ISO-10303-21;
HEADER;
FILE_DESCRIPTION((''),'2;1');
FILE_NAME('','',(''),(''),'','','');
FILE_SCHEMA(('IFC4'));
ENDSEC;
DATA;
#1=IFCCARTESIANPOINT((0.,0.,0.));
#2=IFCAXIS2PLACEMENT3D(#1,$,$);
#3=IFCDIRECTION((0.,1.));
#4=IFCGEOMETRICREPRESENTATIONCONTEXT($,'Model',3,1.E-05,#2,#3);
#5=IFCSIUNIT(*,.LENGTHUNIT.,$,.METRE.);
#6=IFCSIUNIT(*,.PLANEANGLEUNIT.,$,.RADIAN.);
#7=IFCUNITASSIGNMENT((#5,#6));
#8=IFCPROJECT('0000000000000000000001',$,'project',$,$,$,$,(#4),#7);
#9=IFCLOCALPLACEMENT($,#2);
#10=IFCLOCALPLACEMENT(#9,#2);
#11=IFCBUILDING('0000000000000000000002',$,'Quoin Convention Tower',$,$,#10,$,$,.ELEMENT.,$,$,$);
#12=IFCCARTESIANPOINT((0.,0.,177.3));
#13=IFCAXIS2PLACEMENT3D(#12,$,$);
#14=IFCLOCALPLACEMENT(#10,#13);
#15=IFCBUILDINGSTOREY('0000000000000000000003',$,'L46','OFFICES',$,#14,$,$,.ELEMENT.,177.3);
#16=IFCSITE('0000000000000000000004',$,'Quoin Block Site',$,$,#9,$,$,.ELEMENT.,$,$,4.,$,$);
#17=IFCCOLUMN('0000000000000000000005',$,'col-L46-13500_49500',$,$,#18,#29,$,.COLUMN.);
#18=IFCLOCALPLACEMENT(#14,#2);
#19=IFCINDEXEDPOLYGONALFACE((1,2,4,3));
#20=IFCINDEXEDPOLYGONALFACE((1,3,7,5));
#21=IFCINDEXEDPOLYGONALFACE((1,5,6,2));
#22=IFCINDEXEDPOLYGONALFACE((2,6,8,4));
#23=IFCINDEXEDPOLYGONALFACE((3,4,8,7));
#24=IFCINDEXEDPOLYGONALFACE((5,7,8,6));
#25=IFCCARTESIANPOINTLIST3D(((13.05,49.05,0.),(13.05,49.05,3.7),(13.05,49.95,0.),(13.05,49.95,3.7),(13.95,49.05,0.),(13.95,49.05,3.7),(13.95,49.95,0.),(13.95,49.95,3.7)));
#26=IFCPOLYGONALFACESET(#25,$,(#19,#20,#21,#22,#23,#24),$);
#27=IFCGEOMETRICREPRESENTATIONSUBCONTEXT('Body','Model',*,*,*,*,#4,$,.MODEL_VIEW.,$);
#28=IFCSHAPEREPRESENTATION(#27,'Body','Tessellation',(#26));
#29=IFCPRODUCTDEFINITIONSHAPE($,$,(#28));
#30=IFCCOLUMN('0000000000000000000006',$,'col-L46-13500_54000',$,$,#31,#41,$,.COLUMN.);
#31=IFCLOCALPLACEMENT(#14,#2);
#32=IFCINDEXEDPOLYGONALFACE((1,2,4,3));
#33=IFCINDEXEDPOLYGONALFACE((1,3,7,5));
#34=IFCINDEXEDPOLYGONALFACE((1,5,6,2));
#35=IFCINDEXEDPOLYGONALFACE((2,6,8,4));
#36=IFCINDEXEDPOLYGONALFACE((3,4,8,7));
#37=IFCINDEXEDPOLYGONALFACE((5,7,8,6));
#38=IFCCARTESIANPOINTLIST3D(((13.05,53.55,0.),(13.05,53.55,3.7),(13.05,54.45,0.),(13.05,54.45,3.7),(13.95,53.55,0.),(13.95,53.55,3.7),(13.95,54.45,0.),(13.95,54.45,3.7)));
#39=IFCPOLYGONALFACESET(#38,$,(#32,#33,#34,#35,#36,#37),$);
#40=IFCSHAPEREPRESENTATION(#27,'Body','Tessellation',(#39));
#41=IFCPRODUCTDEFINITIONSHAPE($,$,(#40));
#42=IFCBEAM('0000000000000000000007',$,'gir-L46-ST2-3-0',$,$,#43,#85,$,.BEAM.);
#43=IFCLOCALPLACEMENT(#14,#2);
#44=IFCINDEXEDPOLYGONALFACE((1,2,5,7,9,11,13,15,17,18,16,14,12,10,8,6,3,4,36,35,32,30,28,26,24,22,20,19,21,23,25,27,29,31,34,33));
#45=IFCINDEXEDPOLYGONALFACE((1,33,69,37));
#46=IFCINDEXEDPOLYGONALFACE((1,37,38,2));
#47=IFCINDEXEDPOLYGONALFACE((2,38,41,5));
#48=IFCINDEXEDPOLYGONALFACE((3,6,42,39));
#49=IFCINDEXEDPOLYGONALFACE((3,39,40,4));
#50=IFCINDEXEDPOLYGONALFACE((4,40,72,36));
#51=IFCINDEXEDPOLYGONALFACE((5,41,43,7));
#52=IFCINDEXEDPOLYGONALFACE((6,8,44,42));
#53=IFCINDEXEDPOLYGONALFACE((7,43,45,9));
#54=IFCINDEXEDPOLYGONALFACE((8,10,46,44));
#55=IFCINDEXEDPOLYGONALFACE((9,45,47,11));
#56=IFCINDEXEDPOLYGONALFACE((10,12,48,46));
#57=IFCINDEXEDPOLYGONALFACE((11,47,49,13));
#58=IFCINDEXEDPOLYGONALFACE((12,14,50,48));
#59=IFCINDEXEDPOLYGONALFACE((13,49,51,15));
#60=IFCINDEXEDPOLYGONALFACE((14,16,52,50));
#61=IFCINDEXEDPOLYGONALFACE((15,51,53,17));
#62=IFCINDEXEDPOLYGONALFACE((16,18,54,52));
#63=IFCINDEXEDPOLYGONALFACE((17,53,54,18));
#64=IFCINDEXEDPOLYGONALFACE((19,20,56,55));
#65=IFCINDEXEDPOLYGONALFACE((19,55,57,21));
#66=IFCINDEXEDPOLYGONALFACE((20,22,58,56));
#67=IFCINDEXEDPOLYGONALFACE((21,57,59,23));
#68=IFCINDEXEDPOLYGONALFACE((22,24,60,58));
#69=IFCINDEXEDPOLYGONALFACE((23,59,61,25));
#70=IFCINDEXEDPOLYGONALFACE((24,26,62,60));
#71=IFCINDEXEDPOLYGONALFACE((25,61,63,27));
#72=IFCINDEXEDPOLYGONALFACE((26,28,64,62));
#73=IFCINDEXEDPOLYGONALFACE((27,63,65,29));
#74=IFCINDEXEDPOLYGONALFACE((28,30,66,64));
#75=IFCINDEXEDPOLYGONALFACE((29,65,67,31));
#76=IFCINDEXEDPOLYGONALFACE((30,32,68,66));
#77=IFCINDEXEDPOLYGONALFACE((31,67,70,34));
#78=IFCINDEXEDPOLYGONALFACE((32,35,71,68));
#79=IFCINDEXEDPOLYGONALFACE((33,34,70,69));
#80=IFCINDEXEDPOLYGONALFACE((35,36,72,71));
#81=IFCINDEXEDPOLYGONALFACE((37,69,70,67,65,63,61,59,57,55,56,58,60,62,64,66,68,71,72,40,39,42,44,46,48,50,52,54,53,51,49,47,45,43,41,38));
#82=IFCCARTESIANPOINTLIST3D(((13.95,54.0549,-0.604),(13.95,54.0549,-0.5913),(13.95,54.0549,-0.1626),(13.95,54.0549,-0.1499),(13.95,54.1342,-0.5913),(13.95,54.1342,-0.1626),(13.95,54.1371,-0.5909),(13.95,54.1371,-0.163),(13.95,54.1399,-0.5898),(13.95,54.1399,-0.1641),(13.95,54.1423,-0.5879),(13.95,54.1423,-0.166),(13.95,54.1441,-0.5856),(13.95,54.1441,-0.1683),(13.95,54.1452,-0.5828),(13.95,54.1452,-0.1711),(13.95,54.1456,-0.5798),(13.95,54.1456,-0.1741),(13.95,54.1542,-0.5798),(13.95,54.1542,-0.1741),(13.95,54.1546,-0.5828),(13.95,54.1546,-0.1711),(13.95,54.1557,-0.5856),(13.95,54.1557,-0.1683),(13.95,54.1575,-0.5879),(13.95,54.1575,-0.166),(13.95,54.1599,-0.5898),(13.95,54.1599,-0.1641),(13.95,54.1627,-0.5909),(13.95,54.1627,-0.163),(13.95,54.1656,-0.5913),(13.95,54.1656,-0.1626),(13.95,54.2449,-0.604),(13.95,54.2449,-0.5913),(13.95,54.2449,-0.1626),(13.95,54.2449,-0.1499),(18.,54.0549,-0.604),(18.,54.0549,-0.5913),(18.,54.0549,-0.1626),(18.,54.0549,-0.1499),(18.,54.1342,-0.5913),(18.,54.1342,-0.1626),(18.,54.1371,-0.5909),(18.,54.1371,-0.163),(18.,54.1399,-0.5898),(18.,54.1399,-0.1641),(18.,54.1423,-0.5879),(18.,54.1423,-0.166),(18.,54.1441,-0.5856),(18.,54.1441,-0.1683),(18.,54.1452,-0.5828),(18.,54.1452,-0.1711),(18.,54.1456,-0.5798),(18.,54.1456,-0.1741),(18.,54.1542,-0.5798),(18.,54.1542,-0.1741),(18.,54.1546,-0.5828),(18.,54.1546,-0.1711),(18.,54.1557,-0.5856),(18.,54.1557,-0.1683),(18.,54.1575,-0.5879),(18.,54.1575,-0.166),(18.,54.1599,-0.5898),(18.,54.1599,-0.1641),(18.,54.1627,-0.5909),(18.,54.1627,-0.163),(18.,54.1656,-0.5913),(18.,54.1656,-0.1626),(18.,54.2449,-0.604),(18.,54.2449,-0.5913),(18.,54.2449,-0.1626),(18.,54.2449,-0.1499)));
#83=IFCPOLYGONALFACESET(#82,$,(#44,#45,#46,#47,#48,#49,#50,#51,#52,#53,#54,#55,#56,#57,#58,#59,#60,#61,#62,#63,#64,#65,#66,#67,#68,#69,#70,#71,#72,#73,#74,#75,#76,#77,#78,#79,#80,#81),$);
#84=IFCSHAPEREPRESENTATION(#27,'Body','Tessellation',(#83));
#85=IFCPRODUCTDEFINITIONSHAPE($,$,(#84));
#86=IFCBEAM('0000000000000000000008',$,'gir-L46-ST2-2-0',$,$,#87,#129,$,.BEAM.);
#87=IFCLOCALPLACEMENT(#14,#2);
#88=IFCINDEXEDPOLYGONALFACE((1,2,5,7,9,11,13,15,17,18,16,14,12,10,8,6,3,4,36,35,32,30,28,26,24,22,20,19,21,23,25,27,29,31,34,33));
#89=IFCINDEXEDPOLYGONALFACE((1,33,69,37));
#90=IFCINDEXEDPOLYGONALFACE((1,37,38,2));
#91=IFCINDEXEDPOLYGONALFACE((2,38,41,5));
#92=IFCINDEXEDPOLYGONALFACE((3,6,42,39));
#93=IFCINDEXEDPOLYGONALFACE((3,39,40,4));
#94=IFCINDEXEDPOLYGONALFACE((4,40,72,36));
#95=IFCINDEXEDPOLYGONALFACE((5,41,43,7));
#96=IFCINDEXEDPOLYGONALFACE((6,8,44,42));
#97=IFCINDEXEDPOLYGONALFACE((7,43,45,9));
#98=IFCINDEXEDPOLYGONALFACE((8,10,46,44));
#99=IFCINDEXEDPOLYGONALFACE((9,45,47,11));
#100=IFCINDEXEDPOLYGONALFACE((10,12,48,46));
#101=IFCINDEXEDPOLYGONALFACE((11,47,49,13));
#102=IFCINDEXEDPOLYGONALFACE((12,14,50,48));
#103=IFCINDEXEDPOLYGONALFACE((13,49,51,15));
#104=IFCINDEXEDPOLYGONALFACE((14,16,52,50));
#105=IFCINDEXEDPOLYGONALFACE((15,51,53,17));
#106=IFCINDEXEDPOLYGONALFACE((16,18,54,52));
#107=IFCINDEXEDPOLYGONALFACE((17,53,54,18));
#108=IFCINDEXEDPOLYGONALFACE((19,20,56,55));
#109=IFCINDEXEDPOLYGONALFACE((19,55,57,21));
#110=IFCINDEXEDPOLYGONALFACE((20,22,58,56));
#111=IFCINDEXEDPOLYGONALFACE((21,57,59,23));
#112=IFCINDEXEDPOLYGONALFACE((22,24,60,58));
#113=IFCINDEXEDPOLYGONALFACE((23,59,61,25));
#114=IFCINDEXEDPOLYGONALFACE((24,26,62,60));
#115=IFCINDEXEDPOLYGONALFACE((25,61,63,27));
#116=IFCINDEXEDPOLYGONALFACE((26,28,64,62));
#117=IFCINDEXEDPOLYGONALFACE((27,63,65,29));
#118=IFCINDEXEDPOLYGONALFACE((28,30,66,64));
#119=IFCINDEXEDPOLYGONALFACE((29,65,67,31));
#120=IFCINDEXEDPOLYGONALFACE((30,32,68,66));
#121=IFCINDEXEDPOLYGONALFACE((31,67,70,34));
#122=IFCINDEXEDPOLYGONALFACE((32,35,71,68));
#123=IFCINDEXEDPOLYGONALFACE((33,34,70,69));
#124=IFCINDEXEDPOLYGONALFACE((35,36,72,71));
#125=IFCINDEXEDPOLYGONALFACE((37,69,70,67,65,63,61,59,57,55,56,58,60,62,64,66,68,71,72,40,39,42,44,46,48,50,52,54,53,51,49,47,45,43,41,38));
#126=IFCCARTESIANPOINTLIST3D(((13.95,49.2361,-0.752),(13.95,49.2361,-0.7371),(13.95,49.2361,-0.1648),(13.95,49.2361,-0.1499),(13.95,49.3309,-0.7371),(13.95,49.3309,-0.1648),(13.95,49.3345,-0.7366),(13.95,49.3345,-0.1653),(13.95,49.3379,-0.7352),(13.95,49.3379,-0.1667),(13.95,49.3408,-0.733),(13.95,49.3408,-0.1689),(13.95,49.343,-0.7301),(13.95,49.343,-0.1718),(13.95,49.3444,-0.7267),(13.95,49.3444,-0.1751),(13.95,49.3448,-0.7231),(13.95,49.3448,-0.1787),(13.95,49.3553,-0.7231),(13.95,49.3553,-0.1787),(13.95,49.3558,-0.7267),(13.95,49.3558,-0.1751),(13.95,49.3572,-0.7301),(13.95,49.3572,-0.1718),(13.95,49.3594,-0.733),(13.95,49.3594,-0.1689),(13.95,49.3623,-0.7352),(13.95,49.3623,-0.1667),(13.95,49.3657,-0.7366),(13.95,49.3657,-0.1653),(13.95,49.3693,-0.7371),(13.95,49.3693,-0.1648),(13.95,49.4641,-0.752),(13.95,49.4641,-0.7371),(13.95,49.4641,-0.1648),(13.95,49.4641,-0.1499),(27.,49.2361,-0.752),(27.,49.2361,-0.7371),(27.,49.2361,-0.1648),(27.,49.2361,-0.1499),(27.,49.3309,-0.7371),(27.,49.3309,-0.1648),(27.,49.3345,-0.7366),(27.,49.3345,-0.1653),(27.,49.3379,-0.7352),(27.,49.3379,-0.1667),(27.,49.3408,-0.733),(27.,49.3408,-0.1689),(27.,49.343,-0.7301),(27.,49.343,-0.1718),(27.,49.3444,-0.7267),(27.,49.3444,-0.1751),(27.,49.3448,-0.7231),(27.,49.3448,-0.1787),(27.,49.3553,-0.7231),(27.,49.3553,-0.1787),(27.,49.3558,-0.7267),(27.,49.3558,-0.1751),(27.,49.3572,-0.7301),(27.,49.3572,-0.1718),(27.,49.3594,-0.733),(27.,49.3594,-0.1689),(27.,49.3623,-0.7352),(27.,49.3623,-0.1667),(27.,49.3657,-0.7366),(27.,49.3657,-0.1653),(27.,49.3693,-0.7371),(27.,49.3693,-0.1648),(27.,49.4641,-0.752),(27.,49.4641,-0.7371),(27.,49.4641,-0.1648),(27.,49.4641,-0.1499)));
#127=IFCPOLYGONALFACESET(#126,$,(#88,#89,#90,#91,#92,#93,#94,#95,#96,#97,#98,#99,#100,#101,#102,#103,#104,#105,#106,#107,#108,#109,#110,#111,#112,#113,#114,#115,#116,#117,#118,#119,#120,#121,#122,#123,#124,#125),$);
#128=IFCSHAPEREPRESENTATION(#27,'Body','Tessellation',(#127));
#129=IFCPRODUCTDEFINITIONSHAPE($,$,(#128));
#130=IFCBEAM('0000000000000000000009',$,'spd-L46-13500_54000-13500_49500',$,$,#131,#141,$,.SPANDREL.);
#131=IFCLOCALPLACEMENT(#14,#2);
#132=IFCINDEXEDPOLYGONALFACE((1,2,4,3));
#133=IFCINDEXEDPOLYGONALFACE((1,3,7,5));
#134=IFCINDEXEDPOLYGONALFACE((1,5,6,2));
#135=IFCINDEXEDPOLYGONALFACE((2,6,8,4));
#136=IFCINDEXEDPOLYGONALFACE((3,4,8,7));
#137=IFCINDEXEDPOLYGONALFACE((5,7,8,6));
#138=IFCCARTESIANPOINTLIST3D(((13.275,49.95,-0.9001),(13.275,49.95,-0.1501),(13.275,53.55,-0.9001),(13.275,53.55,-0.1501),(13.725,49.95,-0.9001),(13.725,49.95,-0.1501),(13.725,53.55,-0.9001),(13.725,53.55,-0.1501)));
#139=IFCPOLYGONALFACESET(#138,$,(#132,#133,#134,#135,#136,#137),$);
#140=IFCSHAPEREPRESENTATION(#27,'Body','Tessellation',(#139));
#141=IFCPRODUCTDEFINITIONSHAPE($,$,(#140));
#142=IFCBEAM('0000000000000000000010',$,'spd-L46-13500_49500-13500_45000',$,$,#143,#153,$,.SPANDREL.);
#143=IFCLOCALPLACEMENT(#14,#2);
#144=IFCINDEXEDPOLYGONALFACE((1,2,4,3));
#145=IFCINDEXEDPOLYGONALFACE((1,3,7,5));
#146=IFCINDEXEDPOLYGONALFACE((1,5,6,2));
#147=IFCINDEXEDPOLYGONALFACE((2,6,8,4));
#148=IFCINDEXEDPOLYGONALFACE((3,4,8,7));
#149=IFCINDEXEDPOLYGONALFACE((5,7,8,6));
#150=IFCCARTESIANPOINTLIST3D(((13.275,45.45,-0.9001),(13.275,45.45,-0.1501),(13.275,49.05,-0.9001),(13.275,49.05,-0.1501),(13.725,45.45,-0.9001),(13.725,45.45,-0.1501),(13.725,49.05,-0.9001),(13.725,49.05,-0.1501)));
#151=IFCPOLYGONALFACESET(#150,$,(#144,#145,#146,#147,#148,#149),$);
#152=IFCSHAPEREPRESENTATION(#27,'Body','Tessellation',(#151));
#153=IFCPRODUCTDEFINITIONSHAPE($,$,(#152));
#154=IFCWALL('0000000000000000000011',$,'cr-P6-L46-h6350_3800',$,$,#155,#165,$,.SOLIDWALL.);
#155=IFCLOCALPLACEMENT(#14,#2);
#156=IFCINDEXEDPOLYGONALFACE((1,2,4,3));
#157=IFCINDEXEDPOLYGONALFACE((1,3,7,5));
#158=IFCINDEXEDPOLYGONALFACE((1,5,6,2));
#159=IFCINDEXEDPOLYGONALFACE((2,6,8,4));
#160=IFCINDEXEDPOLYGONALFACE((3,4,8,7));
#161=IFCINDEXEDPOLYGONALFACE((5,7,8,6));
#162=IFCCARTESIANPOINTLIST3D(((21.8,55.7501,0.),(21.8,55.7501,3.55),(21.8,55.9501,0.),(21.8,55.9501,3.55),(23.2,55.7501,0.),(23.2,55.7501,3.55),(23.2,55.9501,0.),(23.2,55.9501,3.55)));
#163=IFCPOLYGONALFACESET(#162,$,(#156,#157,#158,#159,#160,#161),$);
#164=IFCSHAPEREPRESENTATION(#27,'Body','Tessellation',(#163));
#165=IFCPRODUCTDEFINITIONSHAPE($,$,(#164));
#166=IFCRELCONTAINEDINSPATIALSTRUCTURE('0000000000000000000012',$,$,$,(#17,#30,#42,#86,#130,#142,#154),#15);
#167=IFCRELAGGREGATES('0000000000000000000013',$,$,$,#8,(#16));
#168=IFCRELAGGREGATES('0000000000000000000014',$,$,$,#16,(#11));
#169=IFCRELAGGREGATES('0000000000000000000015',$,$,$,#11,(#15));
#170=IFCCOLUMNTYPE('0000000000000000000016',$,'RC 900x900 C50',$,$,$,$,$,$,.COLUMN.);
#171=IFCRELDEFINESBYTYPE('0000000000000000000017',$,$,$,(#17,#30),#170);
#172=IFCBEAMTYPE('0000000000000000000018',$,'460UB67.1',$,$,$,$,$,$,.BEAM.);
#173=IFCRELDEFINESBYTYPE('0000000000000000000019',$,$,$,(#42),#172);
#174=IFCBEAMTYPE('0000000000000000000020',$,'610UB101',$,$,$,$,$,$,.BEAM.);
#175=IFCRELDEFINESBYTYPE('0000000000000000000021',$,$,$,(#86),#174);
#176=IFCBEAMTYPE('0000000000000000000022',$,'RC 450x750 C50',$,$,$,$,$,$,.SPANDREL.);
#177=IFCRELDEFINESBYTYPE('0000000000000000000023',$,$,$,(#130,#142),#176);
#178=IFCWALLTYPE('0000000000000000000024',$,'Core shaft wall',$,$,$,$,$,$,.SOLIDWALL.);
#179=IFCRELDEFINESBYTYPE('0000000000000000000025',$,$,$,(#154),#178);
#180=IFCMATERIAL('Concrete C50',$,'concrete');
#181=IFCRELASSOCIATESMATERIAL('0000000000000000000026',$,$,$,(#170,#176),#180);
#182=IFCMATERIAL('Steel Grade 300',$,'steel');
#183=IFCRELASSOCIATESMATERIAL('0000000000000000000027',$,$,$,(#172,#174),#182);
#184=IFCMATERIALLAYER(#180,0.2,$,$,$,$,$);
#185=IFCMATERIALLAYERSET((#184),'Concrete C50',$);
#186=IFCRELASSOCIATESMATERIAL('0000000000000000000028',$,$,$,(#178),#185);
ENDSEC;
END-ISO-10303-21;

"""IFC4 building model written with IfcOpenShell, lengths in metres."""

from ifc_helpers import new_model, si_unit, direction, frame, frame_2d, origin, origin_2d, place, context, subcontext, project, spatial, rectangle, i_section, extrude, material, layer, layer_set, material_profile, profile_set, type_object, element, save


model = new_model("IFC4")

# Units and contexts
model_context = context("Model", 3, precision=1e-05, world=origin(), true_north=direction((0.0, 1.0)))
body_context = subcontext(model_context, "Body", "Model", "MODEL_VIEW")
ifc_project = project(units=[si_unit("LENGTHUNIT", "METRE"), si_unit("PLANEANGLEUNIT", "RADIAN")], contexts=[model_context])

# Site, building, storey
site_placement = place(None, origin())
site = spatial("IfcSite", under=ifc_project, at=site_placement, Name="Quoin Block Site", CompositionType="ELEMENT", RefElevation=4.0)
building_placement = place(site_placement, origin())
building = spatial("IfcBuilding", under=site, at=building_placement, Name="Quoin Convention Tower", CompositionType="ELEMENT")
storey_placement = place(building_placement, frame((0.0, 0.0, 177.3)))
storey = spatial("IfcBuildingStorey", under=building, at=storey_placement, Name="L46", Description="OFFICES", CompositionType="ELEMENT", Elevation=177.3)

# Columns
ifc_material_1 = material(Name="Concrete C50", Category="concrete")
ifc_material_profile_1 = material_profile(ifc_material_1, rectangle(XDim=0.8999, YDim=0.8999, at=origin_2d()), Name="RC 900x900")
ifc_profile_set_1 = profile_set([ifc_material_profile_1], Name="Concrete C50")
column_type = type_object("IfcColumnType", Name="RC 900x900 C50", PredefinedType="COLUMN", material=ifc_profile_set_1)
for number, where, z_axis, x_axis, name in (
    (1, (13.5, 49.5, 0.0), (0.0, 0.0, 1.0), (1.0, 0.0, 0.0), "col-L46-13500_49500"),
    (2, (13.5, 54.0, 0.0), (0.0, 0.0, 1.0), (1.0, 0.0, 0.0), "col-L46-13500_54000"),
):
    element("IfcColumn", number, at=place(storey_placement, frame(where, z_axis=z_axis, x_axis=x_axis)), inside=storey, type_object=column_type, Name=name, PredefinedType="COLUMN", context=body_context, shape_type="SweptSolid", body=[
        extrude(rectangle(XDim=0.8999, YDim=0.8999, at=origin_2d()), origin(), (0.0, 0.0, 1.0), 3.7),
    ])

# Beams
ifc_material_2 = material(Name="Steel Grade 300", Category="steel")
ifc_material_profile_2 = material_profile(ifc_material_2, i_section(OverallWidth=0.1899, OverallDepth=0.4541, WebThickness=0.0085, FlangeThickness=0.0127, FilletRadius=0.0115, at=origin_2d()), Name="460UB67.1")
ifc_profile_set_2 = profile_set([ifc_material_profile_2], Name="Steel Grade 300")
beam_type_1 = type_object("IfcBeamType", Name="460UB67.1", PredefinedType="BEAM", material=ifc_profile_set_2)
beam_1_placement = place(storey_placement, frame((13.95, 54.1499, -0.377), z_axis=(1.0, 0.0, 0.0), x_axis=(0.0, 1.0, 0.0)))
element("IfcBeam", 3, at=beam_1_placement, inside=storey, type_object=beam_type_1, Name="gir-L46-ST2-3-0", PredefinedType="BEAM", context=body_context, shape_type="SweptSolid", body=[
    extrude(i_section(OverallWidth=0.1899, OverallDepth=0.4541, WebThickness=0.0085, FlangeThickness=0.0127, FilletRadius=0.0115, at=origin_2d()), origin(), (0.0, 0.0, 1.0), 4.05),
])
ifc_material_profile_3 = material_profile(ifc_material_2, i_section(OverallWidth=0.228, OverallDepth=0.6021, WebThickness=0.0105, FlangeThickness=0.0149, FilletRadius=0.0139, at=origin_2d()), Name="610UB101")
ifc_profile_set_3 = profile_set([ifc_material_profile_3], Name="Steel Grade 300")
beam_type_2 = type_object("IfcBeamType", Name="610UB101", PredefinedType="BEAM", material=ifc_profile_set_3)
beam_2_placement = place(storey_placement, frame((13.95, 49.3501, -0.4509), z_axis=(1.0, 0.0, 0.0), x_axis=(0.0, 1.0, 0.0)))
element("IfcBeam", 4, at=beam_2_placement, inside=storey, type_object=beam_type_2, Name="gir-L46-ST2-2-0", PredefinedType="BEAM", context=body_context, shape_type="SweptSolid", body=[
    extrude(i_section(OverallWidth=0.228, OverallDepth=0.6021, WebThickness=0.0105, FlangeThickness=0.0149, FilletRadius=0.0139, at=origin_2d()), origin(), (0.0, 0.0, 1.0), 13.05),
])
ifc_material_profile_4 = material_profile(ifc_material_1, rectangle(XDim=0.45, YDim=0.75, at=origin_2d()), Name="RC 450x750")
ifc_profile_set_4 = profile_set([ifc_material_profile_4], Name="Concrete C50")
beam_type_3 = type_object("IfcBeamType", Name="RC 450x750 C50", PredefinedType="SPANDREL", material=ifc_profile_set_4)
for number, where, z_axis, x_axis, name in (
    (5, (13.5, 53.55, -0.5251), (0.0, -1.0, 0.0), (1.0, 0.0, 0.0), "spd-L46-13500_54000-13500_49500"),
    (6, (13.5, 49.05, -0.5251), (0.0, -1.0, 0.0), (1.0, 0.0, 0.0), "spd-L46-13500_49500-13500_45000"),
):
    element("IfcBeam", number, at=place(storey_placement, frame(where, z_axis=z_axis, x_axis=x_axis)), inside=storey, type_object=beam_type_3, Name=name, PredefinedType="SPANDREL", context=body_context, shape_type="SweptSolid", body=[
        extrude(rectangle(XDim=0.45, YDim=0.75, at=origin_2d()), origin(), (0.0, 0.0, 1.0), 3.6001),
    ])

# Wall
ifc_layer_1 = layer(ifc_material_1, 0.2)
ifc_layer_set_1 = layer_set([ifc_layer_1], Name="Concrete C50")
wall_type_1 = type_object("IfcWallType", Name="Core shaft wall", PredefinedType="SOLIDWALL", material=ifc_layer_set_1)
wall_1_placement = place(storey_placement, frame((21.8, 55.8501, 0.0), z_axis=(0.0, 0.0, 1.0), x_axis=(1.0, 0.0, 0.0)))
element("IfcWall", 7, at=wall_1_placement, inside=storey, type_object=wall_type_1, Name="cr-P6-L46-h6350_3800", PredefinedType="SOLIDWALL", context=body_context, shape_type="SweptSolid", body=[
    extrude(rectangle(XDim=1.3999, YDim=0.2, at=frame_2d((0.7, 0.0))), origin(), (0.0, 0.0, 1.0), 3.55),
])

save(model, "model.ifc")
